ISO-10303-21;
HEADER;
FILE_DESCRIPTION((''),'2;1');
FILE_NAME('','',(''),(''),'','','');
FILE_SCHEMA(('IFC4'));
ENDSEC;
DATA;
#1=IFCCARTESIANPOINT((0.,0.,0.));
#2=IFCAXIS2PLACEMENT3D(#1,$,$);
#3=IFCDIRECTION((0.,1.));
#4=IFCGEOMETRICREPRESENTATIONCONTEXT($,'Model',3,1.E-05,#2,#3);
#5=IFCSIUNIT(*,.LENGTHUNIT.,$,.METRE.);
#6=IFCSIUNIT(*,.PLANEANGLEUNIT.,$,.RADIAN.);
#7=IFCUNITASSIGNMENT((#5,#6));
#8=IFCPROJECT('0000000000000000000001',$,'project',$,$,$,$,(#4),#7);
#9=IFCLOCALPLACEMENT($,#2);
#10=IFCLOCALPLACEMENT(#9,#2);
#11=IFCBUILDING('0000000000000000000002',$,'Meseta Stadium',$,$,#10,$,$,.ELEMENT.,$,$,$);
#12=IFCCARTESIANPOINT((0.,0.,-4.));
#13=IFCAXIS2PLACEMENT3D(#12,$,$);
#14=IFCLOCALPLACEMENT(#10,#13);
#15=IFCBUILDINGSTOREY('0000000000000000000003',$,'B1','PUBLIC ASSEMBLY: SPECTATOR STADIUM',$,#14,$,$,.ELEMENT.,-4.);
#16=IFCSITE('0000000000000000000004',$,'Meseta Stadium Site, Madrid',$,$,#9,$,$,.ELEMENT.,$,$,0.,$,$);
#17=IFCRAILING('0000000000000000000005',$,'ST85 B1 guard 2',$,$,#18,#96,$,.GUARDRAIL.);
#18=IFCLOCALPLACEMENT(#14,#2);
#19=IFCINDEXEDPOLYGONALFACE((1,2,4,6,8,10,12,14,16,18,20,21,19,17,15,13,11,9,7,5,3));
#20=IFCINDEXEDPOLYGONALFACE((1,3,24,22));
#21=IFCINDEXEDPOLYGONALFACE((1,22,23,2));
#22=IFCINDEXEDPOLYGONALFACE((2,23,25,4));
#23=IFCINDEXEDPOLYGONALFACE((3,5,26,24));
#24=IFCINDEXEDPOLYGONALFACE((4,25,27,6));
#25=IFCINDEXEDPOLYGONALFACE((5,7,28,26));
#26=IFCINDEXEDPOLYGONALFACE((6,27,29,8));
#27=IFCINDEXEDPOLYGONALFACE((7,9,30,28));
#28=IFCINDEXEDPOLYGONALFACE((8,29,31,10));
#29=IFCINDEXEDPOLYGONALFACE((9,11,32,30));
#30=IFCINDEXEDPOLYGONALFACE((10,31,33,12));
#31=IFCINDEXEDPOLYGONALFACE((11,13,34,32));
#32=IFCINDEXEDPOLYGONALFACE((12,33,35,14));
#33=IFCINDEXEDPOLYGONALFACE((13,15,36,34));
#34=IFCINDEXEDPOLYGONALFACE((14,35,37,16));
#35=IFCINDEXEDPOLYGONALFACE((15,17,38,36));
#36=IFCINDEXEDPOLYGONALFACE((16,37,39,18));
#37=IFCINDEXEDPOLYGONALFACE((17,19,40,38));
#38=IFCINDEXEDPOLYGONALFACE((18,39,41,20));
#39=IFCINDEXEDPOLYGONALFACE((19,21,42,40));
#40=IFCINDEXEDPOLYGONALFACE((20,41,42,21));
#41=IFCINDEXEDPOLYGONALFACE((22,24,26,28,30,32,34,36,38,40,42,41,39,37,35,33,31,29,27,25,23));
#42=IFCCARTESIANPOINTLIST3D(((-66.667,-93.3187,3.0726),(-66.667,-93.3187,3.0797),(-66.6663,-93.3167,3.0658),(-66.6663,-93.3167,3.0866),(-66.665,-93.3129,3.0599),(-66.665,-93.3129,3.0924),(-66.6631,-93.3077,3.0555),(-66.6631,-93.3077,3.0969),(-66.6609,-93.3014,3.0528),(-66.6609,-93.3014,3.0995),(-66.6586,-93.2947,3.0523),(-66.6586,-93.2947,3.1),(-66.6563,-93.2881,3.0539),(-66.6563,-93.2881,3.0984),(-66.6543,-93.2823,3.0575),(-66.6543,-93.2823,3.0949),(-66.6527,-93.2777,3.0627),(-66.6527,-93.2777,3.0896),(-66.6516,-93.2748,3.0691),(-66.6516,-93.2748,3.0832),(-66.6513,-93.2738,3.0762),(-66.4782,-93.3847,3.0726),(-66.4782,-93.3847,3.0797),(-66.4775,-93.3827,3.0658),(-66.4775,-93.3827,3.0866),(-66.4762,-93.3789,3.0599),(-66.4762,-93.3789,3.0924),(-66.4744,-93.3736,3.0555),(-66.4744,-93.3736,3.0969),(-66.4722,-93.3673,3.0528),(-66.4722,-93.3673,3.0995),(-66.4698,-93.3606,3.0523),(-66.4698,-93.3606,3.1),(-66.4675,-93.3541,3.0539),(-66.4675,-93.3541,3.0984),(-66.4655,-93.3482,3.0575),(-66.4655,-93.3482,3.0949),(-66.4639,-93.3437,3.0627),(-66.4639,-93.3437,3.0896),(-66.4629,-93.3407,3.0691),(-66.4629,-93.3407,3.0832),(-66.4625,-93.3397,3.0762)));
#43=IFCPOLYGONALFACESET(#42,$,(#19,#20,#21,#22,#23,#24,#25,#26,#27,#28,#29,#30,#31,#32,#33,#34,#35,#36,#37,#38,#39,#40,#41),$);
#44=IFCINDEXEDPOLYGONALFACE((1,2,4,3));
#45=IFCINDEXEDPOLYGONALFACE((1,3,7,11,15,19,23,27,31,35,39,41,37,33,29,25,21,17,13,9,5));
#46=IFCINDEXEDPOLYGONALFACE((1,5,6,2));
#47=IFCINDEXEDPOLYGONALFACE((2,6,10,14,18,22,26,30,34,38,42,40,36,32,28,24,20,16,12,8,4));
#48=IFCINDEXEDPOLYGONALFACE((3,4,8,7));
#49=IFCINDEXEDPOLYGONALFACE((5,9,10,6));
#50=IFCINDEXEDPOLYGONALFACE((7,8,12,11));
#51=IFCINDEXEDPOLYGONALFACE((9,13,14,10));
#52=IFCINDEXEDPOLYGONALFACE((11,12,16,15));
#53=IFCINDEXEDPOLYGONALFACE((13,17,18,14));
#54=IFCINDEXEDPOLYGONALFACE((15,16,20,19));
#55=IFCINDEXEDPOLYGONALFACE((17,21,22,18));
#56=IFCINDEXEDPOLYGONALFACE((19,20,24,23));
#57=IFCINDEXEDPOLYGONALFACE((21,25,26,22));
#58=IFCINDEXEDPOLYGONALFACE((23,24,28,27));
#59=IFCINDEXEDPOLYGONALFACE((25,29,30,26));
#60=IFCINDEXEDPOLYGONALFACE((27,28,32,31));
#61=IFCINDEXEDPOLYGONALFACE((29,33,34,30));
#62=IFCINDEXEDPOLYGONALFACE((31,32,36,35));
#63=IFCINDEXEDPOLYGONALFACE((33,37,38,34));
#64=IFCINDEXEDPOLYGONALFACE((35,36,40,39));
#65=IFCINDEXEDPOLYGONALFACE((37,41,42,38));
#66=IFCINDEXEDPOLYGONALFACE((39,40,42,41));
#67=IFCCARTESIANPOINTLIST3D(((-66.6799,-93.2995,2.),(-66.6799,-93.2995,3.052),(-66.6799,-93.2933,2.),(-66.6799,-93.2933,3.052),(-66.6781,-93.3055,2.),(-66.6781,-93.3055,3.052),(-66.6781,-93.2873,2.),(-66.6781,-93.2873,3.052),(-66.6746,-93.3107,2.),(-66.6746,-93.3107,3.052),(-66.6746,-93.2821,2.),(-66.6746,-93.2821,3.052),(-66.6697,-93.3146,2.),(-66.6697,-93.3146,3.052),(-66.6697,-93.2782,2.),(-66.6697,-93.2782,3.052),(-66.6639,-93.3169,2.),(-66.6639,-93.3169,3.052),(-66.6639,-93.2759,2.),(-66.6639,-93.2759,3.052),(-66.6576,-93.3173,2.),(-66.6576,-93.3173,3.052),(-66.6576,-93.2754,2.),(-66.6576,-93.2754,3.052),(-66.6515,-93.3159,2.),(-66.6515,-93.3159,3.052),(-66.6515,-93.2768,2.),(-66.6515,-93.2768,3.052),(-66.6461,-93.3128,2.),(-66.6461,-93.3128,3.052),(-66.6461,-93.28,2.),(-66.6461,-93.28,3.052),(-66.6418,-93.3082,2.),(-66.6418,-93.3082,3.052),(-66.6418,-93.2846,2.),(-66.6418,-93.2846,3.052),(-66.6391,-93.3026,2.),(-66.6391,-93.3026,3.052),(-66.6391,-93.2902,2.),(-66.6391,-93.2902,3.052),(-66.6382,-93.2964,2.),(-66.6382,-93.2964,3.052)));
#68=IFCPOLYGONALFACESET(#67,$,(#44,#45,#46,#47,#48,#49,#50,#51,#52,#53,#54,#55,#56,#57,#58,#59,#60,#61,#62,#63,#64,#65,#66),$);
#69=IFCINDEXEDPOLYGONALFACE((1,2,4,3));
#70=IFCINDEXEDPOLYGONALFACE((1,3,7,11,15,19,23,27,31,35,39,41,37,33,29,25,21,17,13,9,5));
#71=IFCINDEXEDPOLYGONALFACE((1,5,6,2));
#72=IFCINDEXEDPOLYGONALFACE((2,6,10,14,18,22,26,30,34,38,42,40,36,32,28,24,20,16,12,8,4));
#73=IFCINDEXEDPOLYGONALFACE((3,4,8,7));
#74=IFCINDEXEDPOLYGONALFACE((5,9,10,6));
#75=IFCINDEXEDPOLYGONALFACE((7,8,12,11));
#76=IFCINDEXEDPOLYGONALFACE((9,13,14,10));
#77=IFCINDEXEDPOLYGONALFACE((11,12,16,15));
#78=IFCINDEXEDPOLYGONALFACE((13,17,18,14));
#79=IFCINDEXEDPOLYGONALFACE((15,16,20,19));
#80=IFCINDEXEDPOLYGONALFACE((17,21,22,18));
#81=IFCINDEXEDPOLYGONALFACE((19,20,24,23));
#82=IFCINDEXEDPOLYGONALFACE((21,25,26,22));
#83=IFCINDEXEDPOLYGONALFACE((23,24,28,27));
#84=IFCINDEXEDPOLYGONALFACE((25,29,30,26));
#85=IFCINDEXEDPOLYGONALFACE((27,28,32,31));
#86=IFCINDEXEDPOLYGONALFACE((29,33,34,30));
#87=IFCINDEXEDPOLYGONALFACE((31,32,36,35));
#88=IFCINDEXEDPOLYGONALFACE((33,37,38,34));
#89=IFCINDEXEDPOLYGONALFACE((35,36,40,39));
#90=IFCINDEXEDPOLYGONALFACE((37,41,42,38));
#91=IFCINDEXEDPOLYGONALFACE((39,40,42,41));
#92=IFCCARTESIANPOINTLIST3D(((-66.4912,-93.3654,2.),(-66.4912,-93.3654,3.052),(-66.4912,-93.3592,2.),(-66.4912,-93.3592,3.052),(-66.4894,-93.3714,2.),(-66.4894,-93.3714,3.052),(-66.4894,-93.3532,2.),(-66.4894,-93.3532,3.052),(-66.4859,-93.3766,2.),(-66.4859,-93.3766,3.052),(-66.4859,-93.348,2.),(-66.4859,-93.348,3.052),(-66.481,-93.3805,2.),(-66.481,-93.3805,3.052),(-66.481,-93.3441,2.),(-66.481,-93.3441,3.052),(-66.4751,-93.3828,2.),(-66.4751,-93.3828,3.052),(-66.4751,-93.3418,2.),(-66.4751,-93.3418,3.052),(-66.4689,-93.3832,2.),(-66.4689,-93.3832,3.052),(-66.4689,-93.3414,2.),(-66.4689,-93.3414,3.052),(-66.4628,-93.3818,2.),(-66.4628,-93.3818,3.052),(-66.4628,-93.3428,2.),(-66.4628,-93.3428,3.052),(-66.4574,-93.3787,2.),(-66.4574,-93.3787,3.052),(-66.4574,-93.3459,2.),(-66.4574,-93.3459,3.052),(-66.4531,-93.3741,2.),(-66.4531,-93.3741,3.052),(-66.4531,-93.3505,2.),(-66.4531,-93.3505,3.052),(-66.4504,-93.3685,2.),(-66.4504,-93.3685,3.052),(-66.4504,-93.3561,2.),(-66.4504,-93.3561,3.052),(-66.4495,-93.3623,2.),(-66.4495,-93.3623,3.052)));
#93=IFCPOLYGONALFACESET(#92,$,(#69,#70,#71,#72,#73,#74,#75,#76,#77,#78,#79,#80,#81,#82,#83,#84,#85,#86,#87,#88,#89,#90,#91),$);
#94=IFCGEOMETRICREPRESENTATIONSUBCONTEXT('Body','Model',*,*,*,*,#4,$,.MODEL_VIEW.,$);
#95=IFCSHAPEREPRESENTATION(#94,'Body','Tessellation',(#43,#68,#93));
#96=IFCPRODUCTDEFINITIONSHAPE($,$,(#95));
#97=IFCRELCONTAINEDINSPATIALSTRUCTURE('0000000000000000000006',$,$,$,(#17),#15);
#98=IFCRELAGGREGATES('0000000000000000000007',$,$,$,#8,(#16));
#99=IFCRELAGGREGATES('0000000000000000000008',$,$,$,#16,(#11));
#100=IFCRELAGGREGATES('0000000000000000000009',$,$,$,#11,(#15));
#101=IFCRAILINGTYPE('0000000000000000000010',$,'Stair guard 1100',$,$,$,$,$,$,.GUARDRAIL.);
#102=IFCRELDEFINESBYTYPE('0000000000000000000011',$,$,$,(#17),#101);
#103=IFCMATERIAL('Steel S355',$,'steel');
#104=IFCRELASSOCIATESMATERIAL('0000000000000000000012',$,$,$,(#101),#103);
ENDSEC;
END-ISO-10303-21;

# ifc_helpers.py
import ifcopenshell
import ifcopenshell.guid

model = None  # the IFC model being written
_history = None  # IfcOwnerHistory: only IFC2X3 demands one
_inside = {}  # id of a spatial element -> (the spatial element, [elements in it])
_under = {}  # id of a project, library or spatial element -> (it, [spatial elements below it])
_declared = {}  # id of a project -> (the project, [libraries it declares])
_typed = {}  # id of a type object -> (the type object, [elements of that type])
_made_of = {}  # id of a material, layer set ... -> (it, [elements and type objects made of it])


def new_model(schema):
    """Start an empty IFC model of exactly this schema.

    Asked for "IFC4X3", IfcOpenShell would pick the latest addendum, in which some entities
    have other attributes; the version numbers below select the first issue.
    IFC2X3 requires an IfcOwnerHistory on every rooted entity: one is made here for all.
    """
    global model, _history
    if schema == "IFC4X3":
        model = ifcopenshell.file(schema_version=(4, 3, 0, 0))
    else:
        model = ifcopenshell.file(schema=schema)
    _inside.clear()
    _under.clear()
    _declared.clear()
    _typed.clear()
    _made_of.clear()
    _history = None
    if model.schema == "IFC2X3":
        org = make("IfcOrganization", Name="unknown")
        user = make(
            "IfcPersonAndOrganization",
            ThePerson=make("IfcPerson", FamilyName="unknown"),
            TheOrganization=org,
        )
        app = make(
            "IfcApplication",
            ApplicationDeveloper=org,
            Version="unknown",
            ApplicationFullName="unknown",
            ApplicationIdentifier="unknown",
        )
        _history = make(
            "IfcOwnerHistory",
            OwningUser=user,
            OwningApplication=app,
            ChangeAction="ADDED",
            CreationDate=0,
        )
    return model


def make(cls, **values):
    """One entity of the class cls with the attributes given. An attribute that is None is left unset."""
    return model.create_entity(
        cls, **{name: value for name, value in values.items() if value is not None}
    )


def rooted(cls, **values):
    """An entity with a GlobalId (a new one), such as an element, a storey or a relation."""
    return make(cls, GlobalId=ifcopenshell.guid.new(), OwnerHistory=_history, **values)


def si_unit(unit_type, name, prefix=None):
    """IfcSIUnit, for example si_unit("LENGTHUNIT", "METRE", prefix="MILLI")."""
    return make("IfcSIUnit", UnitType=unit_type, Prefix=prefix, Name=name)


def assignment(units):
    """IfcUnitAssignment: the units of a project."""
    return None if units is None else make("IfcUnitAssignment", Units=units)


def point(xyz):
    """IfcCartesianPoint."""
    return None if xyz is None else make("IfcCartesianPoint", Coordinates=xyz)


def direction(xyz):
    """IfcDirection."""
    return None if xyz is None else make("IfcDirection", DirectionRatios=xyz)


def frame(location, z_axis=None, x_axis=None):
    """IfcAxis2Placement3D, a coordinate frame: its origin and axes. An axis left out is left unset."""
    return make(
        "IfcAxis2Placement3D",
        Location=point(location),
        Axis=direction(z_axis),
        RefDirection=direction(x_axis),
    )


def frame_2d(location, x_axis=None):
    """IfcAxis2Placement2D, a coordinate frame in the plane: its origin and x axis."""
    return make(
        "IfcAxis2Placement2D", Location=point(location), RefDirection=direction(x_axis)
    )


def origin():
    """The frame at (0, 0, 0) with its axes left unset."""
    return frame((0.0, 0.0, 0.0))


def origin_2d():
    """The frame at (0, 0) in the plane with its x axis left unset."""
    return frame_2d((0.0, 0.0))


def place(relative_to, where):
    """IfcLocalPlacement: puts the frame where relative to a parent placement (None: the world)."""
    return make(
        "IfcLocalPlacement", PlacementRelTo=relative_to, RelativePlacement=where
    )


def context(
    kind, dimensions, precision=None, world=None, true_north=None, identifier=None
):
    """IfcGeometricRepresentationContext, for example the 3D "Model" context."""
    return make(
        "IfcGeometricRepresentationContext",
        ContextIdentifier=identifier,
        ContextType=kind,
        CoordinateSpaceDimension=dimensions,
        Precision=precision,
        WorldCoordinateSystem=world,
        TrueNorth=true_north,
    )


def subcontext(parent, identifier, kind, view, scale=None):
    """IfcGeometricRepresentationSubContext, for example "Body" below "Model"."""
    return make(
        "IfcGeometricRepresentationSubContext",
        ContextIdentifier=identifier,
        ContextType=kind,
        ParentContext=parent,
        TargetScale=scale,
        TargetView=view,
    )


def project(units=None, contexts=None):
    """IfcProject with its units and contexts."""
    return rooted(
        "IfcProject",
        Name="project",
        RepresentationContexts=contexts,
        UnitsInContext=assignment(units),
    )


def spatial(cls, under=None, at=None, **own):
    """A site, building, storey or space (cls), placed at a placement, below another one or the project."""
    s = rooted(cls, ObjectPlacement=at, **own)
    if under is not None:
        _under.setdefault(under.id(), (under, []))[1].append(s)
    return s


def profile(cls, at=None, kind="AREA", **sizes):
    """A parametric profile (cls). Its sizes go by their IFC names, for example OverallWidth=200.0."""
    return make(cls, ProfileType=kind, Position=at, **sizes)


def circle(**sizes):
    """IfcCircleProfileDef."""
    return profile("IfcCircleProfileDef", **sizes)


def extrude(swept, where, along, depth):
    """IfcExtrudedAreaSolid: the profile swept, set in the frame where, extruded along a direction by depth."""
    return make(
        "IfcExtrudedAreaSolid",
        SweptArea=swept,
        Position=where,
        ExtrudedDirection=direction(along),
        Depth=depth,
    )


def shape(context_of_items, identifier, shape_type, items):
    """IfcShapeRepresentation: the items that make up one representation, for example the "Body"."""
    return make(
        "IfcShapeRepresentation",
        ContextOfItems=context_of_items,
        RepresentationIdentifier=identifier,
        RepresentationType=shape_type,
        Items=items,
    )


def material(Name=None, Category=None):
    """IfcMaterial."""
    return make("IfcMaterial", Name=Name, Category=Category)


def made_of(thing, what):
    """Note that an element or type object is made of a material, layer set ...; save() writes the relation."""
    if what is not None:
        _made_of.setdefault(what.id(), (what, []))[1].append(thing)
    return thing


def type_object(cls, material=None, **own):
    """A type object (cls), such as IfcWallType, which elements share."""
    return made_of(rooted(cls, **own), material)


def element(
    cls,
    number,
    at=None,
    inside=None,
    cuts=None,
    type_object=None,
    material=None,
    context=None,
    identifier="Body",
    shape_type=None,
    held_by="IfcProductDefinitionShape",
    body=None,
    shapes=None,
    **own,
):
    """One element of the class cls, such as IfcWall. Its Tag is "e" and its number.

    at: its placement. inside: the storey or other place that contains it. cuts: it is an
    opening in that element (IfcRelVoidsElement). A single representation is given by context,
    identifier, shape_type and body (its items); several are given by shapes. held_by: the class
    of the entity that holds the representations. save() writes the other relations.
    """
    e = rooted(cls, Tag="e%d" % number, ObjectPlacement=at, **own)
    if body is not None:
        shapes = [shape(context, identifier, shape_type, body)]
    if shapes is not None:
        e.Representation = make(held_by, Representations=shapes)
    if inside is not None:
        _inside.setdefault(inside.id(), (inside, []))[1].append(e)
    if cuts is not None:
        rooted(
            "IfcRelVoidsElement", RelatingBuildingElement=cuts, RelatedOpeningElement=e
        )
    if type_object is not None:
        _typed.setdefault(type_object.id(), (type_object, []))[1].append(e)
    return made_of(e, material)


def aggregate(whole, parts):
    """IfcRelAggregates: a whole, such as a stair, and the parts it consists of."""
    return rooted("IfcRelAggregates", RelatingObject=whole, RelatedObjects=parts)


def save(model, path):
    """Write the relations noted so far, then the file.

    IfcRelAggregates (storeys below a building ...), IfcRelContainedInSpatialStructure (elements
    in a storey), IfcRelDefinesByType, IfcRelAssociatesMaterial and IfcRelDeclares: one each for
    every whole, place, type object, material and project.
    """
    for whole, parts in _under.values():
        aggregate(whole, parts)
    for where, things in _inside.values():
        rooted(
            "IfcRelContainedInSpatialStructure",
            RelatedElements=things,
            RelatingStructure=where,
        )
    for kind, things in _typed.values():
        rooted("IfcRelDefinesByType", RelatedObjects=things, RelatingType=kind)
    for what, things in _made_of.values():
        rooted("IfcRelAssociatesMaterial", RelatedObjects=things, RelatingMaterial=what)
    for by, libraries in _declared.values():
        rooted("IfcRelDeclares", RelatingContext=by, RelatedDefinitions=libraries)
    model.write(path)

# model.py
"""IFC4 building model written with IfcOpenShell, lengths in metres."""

from ifc_helpers import new_model, si_unit, direction, frame, origin, origin_2d, place, context, subcontext, project, spatial, circle, extrude, material, type_object, element, save


model = new_model("IFC4")

# Units and contexts
model_context = context("Model", 3, precision=1e-05, world=origin(), true_north=direction((0.0, 1.0)))
body_context = subcontext(model_context, "Body", "Model", "MODEL_VIEW")
ifc_project = project(units=[si_unit("LENGTHUNIT", "METRE"), si_unit("PLANEANGLEUNIT", "RADIAN")], contexts=[model_context])

# Site, building, storey
site_placement = place(None, origin())
site = spatial("IfcSite", under=ifc_project, at=site_placement, Name="Meseta Stadium Site, Madrid", CompositionType="ELEMENT", RefElevation=0.0)
building_placement = place(site_placement, origin())
building = spatial("IfcBuilding", under=site, at=building_placement, Name="Meseta Stadium", CompositionType="ELEMENT")
storey_placement = place(building_placement, frame((0.0, 0.0, -4.0)))
storey = spatial("IfcBuildingStorey", under=building, at=storey_placement, Name="B1", Description="PUBLIC ASSEMBLY: SPECTATOR STADIUM", CompositionType="ELEMENT", Elevation=-4.0)

# Railing
ifc_material_1 = material(Name="Steel S355", Category="steel")
railing_type_1 = type_object("IfcRailingType", Name="Stair guard 1100", PredefinedType="GUARDRAIL", material=ifc_material_1)
railing_1_placement = place(storey_placement, frame((-66.6592, -93.2964, 2.0)))
element("IfcRailing", 1, at=railing_1_placement, inside=storey, type_object=railing_type_1, Name="ST85 B1 guard 2", PredefinedType="GUARDRAIL", context=body_context, shape_type="SweptSolid", body=[
    extrude(circle(Radius=0.0239, at=origin_2d()), frame((0.0, 0.0, 1.0762), z_axis=(0.944068, -0.329752, 0.0), x_axis=(0.329752, 0.944068, 0.0)), (0.0, 0.0, 1.0), 0.2),
    extrude(circle(Radius=0.021, at=origin_2d()), origin(), (0.0, 0.0, 1.0), 1.052),
    extrude(circle(Radius=0.021, at=origin_2d()), frame((0.1887, -0.0659, 0.0)), (0.0, 0.0, 1.0), 1.052),
])

save(model, "model.ifc")
